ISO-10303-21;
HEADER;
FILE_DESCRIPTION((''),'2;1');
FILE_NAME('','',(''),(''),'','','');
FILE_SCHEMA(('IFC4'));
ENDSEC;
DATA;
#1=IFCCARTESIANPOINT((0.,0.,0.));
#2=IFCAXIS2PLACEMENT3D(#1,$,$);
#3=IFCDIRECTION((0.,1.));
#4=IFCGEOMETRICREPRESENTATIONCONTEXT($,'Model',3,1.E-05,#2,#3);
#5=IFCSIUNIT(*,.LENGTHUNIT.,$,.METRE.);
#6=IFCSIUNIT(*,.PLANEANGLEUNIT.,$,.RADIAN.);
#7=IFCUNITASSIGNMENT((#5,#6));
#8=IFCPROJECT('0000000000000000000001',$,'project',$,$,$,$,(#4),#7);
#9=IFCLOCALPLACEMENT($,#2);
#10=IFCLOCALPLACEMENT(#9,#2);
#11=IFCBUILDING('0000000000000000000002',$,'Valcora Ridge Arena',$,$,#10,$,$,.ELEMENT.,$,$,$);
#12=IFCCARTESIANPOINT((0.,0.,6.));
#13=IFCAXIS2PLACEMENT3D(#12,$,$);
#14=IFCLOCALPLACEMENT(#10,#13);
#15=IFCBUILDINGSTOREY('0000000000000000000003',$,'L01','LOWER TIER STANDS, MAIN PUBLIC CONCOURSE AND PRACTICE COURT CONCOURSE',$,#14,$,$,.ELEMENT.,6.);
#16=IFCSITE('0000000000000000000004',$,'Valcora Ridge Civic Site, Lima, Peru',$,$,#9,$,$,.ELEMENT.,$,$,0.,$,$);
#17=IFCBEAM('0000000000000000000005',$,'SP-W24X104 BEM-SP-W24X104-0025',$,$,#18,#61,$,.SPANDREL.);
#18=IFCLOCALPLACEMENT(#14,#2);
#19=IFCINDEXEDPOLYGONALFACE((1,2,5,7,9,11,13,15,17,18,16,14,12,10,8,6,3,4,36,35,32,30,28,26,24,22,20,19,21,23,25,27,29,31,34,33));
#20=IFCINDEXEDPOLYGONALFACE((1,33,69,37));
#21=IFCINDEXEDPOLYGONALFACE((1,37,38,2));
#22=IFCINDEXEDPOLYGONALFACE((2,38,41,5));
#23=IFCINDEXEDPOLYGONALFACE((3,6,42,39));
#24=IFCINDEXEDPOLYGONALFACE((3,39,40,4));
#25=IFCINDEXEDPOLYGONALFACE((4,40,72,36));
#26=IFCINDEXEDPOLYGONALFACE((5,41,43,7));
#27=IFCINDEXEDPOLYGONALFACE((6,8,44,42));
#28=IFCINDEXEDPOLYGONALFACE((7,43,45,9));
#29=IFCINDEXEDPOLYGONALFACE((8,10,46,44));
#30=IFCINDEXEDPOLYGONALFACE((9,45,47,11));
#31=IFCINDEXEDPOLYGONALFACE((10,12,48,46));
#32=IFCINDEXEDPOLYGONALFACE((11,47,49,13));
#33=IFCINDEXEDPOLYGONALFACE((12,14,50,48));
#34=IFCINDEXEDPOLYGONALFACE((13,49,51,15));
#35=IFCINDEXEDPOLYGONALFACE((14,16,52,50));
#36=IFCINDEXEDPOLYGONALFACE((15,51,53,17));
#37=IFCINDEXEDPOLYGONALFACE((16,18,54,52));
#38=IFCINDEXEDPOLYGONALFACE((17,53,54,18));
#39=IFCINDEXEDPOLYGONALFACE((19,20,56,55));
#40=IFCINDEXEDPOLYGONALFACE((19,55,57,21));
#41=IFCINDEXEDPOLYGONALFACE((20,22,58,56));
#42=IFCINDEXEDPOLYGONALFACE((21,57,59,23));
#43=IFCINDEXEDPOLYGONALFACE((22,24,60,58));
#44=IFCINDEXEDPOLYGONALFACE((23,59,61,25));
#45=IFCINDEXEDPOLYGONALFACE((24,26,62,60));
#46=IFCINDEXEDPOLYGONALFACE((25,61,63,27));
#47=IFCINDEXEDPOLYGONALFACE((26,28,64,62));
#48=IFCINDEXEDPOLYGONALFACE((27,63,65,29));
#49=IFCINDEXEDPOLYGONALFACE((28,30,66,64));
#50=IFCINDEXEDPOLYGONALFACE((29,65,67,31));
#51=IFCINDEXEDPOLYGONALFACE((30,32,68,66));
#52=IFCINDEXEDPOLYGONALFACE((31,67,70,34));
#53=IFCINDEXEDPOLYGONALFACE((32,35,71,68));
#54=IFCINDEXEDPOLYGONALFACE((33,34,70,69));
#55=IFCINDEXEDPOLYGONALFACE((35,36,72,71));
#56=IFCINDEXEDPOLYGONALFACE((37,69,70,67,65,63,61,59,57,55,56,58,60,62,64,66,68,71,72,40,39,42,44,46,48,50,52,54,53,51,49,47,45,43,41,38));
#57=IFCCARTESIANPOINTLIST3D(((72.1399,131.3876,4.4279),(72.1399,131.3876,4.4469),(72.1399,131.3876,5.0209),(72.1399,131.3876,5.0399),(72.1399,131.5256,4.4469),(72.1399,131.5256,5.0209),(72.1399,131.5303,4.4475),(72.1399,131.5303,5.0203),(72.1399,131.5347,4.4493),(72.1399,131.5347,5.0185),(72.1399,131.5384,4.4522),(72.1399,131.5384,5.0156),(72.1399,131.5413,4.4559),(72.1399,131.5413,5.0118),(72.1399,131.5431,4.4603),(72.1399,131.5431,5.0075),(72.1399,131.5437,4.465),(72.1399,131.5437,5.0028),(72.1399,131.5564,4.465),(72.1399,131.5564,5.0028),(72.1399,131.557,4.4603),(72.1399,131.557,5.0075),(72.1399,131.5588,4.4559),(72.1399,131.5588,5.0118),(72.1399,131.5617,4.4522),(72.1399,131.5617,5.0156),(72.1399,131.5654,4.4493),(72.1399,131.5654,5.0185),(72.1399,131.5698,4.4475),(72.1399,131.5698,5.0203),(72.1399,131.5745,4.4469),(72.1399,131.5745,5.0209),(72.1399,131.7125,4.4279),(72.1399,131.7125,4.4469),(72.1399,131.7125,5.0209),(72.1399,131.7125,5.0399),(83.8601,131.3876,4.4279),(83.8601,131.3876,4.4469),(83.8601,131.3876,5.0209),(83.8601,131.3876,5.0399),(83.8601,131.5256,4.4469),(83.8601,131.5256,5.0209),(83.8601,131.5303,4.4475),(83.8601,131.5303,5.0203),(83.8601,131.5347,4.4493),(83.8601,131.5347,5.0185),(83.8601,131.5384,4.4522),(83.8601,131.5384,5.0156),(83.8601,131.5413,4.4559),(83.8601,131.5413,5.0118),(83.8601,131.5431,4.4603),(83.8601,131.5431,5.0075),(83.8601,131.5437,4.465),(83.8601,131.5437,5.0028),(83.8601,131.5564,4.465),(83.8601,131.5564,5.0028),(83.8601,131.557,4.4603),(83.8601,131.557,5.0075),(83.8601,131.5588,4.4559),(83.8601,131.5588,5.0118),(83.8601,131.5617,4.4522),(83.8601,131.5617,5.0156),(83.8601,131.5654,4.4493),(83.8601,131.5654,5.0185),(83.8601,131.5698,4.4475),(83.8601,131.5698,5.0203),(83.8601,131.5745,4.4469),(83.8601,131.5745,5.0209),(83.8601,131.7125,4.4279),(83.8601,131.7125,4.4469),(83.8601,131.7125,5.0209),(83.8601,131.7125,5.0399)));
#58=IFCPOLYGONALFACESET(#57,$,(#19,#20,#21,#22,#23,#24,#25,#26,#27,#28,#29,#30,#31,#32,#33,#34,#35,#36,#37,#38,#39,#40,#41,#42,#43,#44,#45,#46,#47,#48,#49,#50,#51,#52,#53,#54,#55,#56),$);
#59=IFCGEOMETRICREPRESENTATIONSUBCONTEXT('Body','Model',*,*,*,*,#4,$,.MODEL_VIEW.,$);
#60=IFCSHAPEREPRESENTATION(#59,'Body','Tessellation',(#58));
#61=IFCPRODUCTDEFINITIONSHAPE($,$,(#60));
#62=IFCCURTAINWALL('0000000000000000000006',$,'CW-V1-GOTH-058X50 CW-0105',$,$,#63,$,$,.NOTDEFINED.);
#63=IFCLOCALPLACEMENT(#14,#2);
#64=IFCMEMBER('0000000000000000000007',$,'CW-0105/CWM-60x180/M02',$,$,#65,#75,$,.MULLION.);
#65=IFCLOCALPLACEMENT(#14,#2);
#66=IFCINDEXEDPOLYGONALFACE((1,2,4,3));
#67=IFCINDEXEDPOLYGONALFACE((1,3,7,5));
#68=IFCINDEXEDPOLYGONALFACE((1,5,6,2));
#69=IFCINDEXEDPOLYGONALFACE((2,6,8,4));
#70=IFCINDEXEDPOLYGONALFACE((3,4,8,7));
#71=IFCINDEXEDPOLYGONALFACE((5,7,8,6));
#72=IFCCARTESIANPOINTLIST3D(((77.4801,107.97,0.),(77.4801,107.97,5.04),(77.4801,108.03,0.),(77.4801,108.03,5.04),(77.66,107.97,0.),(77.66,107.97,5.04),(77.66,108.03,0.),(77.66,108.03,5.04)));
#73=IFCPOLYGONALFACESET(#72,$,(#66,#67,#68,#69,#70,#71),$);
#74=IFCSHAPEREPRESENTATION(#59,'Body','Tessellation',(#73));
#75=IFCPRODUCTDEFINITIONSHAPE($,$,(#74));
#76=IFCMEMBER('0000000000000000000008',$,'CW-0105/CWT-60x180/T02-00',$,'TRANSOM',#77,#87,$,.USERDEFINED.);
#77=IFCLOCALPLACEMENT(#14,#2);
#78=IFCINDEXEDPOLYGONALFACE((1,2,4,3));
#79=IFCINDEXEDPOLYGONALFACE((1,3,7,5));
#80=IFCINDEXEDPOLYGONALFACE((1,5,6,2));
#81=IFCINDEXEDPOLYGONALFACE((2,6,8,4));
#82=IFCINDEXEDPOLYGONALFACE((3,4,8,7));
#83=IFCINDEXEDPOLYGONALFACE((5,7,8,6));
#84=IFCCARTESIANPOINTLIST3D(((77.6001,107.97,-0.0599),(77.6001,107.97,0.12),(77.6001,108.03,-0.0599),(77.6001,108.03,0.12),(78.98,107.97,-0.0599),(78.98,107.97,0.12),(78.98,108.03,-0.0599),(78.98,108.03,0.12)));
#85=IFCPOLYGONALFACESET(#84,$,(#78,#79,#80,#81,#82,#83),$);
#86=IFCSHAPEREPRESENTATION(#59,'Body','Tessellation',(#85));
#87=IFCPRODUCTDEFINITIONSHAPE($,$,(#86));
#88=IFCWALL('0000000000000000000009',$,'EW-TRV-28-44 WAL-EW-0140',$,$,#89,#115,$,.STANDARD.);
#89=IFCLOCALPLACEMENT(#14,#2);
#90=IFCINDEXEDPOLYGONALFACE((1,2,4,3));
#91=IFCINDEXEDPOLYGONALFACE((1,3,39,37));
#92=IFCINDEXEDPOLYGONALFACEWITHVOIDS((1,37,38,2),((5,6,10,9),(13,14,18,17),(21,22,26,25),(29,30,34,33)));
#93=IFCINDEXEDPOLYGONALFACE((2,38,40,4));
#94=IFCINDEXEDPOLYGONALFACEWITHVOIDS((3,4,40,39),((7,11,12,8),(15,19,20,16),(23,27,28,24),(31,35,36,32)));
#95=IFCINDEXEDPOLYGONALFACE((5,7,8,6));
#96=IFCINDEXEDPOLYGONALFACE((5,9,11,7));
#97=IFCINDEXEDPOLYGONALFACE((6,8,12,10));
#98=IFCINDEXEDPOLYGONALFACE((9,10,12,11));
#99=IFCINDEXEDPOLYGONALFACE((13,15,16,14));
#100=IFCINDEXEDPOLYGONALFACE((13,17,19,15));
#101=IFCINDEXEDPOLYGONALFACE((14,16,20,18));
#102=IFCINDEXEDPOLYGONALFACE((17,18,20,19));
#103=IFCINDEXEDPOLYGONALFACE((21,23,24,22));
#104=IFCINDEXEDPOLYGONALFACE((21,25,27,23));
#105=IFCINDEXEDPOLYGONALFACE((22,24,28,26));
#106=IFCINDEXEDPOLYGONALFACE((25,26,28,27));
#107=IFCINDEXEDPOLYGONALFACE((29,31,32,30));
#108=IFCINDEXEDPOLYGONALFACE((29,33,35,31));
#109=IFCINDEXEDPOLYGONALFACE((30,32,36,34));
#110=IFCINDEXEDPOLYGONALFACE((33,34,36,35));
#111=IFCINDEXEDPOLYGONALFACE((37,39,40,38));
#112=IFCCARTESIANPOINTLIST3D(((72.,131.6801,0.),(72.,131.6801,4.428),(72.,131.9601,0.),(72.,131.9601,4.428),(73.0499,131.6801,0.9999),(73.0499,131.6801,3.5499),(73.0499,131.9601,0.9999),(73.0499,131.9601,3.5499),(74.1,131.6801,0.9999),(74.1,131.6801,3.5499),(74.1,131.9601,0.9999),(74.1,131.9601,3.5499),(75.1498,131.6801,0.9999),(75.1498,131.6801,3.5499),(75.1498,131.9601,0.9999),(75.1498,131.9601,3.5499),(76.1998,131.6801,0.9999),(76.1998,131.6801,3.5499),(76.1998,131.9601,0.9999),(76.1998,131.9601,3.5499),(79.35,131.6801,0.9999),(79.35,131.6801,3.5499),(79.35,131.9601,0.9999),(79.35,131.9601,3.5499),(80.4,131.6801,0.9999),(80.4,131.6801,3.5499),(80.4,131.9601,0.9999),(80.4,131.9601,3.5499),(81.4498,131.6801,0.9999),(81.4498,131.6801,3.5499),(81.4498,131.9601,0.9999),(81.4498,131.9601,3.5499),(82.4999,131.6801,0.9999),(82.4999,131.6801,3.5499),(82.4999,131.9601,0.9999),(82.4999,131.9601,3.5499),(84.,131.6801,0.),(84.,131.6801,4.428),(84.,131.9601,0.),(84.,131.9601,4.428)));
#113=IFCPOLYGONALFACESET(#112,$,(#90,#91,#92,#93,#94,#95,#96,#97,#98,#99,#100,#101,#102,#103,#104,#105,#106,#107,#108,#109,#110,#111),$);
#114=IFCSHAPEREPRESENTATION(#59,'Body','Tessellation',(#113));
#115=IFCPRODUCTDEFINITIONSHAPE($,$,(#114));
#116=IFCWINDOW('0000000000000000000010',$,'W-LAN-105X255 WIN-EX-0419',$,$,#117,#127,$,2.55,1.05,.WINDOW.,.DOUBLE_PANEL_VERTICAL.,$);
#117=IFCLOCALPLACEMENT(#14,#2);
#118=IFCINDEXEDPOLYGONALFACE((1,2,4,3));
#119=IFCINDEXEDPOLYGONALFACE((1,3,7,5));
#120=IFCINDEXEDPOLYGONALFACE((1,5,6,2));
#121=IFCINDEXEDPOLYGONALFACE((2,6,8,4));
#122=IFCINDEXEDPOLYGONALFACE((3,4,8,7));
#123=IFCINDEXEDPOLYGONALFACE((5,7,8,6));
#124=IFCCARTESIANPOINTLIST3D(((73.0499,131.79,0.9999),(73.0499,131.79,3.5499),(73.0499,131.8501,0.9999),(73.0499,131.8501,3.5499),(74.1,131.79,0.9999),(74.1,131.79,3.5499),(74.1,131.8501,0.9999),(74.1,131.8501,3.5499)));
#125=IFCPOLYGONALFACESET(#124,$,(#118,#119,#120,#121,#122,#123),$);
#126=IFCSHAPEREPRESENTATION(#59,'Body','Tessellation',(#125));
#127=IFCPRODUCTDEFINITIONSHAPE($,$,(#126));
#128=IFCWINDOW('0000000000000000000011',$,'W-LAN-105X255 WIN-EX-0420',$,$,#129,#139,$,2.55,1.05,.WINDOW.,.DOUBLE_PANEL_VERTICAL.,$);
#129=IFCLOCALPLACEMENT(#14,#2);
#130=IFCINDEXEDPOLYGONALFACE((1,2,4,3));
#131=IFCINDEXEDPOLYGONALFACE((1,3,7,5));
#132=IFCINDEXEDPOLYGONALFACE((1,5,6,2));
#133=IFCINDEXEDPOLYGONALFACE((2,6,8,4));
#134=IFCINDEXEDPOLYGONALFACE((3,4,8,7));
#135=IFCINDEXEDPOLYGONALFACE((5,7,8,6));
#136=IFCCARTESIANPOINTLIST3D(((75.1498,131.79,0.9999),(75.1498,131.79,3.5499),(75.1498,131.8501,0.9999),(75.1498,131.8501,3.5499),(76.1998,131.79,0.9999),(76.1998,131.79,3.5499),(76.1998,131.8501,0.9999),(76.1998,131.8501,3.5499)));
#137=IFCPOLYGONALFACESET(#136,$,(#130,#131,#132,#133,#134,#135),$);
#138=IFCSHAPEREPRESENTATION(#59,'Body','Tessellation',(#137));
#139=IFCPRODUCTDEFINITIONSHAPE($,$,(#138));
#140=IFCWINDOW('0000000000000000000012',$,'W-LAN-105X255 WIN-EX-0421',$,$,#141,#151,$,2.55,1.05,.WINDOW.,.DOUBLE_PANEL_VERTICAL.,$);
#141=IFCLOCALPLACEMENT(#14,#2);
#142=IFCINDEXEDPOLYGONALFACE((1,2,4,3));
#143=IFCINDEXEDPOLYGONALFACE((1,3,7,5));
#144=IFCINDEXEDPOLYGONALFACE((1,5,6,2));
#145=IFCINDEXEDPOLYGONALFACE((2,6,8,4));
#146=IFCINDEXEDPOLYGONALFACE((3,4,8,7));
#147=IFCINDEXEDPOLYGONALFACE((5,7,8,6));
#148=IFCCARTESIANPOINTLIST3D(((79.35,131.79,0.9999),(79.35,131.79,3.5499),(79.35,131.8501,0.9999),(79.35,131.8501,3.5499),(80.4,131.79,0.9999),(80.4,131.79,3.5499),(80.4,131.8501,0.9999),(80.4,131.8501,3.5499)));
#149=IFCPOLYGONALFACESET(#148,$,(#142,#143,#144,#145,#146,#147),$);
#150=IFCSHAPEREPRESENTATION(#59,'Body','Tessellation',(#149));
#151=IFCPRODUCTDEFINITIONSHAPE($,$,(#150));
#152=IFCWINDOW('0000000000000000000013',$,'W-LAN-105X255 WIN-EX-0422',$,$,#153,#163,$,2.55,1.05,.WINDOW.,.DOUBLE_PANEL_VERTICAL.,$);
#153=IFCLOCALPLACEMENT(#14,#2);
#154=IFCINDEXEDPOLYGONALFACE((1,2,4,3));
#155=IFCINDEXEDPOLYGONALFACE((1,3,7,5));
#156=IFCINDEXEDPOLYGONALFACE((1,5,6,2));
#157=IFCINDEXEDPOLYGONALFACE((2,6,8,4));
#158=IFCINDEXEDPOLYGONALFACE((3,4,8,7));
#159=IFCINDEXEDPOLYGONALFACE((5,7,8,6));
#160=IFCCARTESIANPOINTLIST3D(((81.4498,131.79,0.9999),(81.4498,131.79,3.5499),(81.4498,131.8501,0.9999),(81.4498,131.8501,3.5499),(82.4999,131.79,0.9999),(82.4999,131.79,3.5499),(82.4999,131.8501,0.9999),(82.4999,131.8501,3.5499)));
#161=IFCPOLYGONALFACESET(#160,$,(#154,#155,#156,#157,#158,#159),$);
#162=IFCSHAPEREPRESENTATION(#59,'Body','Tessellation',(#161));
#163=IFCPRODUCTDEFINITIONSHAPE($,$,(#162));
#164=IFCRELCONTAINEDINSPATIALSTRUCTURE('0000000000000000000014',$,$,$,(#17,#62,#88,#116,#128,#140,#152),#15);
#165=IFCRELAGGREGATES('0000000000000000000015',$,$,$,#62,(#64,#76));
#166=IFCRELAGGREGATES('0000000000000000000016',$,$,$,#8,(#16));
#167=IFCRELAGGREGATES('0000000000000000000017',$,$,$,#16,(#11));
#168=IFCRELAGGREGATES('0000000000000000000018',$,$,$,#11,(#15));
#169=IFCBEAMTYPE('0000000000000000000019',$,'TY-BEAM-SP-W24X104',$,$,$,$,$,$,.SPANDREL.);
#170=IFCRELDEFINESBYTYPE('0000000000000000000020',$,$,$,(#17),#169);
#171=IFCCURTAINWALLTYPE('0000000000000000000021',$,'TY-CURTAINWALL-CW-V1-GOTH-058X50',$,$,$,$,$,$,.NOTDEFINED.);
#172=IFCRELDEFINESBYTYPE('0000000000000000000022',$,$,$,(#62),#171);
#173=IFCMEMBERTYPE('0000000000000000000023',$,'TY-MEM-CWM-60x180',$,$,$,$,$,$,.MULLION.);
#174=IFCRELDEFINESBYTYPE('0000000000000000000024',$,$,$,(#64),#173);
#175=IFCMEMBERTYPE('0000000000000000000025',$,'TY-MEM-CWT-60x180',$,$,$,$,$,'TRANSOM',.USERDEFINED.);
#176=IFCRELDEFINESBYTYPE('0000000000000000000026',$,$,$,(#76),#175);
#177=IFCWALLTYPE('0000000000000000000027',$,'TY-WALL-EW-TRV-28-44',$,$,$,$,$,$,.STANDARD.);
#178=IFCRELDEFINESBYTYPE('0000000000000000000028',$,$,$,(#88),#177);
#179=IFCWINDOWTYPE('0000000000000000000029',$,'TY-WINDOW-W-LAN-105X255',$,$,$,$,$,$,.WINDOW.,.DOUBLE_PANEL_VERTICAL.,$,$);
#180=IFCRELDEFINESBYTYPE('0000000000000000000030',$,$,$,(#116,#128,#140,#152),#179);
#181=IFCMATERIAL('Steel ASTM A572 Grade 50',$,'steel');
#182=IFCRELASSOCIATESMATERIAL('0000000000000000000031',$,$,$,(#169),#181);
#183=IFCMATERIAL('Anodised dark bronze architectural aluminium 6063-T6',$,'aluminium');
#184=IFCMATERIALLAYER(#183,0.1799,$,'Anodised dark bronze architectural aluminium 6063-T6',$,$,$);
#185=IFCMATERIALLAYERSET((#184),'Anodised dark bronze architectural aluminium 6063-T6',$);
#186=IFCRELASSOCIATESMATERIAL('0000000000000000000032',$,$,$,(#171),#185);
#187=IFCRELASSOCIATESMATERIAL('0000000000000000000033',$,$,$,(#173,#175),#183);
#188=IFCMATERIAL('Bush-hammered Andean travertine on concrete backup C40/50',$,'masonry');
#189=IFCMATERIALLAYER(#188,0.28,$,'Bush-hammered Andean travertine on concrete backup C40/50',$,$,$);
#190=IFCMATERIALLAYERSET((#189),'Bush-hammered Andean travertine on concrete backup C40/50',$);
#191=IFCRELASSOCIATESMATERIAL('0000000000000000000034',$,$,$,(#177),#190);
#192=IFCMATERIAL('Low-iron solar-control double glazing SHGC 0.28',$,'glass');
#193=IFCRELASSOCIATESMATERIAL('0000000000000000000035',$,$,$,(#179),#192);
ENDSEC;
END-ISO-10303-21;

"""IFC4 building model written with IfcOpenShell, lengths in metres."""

from ifc_helpers import new_model, si_unit, direction, frame, frame_2d, origin, origin_2d, place, context, subcontext, project, spatial, rectangle, i_section, extrude, material, layer, layer_set, material_profile, profile_set, type_object, element, fill, aggregate, save


model = new_model("IFC4")

# Units and contexts
model_context = context("Model", 3, precision=1e-05, world=origin(), true_north=direction((0.0, 1.0)))
body_context = subcontext(model_context, "Body", "Model", "MODEL_VIEW")
ifc_project = project(units=[si_unit("LENGTHUNIT", "METRE"), si_unit("PLANEANGLEUNIT", "RADIAN")], contexts=[model_context])

# Site, building, storey
site_placement = place(None, origin())
site = spatial("IfcSite", under=ifc_project, at=site_placement, Name="Valcora Ridge Civic Site, Lima, Peru", CompositionType="ELEMENT", RefElevation=0.0)
building_placement = place(site_placement, origin())
building = spatial("IfcBuilding", under=site, at=building_placement, Name="Valcora Ridge Arena", CompositionType="ELEMENT")
storey_placement = place(building_placement, frame((0.0, 0.0, 6.0)))
storey = spatial("IfcBuildingStorey", under=building, at=storey_placement, Name="L01", Description="LOWER TIER STANDS, MAIN PUBLIC CONCOURSE AND PRACTICE COURT CONCOURSE", CompositionType="ELEMENT", Elevation=6.0)

# Beam
ifc_material_1 = material(Name="Steel ASTM A572 Grade 50", Category="steel")
ifc_material_profile_1 = material_profile(ifc_material_1, i_section(OverallWidth=0.325, OverallDepth=0.6121, WebThickness=0.0127, FlangeThickness=0.019, FilletRadius=0.0181, at=origin_2d()), Name="W24X104")
ifc_profile_set_1 = profile_set([ifc_material_profile_1], Name="Steel ASTM A572 Grade 50")
beam_type_1 = type_object("IfcBeamType", Name="TY-BEAM-SP-W24X104", PredefinedType="SPANDREL", material=ifc_profile_set_1)
beam_1_placement = place(storey_placement, frame((72.1399, 131.55, 4.7339), z_axis=(1.0, 0.0, 0.0), x_axis=(0.0, 1.0, 0.0)))
element("IfcBeam", 1, at=beam_1_placement, inside=storey, type_object=beam_type_1, Name="SP-W24X104 BEM-SP-W24X104-0025", PredefinedType="SPANDREL", context=body_context, shape_type="SweptSolid", body=[
    extrude(i_section(OverallWidth=0.325, OverallDepth=0.6121, WebThickness=0.0127, FlangeThickness=0.019, FilletRadius=0.0181, at=origin_2d()), origin(), (0.0, 0.0, 1.0), 11.7202),
])

# Curtain wall, members
ifc_material_2 = material(Name="Anodised dark bronze architectural aluminium 6063-T6", Category="aluminium")
ifc_layer_1 = layer(ifc_material_2, 0.1799, Name="Anodised dark bronze architectural aluminium 6063-T6")
ifc_layer_set_1 = layer_set([ifc_layer_1], Name="Anodised dark bronze architectural aluminium 6063-T6")
curtain_wall_type = type_object("IfcCurtainWallType", Name="TY-CURTAINWALL-CW-V1-GOTH-058X50", PredefinedType="NOTDEFINED", material=ifc_layer_set_1)
curtain_wall_placement = place(storey_placement, origin())
curtain_wall = element("IfcCurtainWall", 2, at=curtain_wall_placement, inside=storey, type_object=curtain_wall_type, Name="CW-V1-GOTH-058X50 CW-0105", PredefinedType="NOTDEFINED")
ifc_material_profile_2 = material_profile(ifc_material_2, rectangle(XDim=0.0601, YDim=0.1799, at=origin_2d()), Name="ALU MULLION 60x180")
ifc_profile_set_2 = profile_set([ifc_material_profile_2], Name="Anodised dark bronze architectural aluminium 6063-T6")
member_type_1 = type_object("IfcMemberType", Name="TY-MEM-CWM-60x180", PredefinedType="MULLION", material=ifc_profile_set_2)
member_1_placement = place(storey_placement, frame((77.5701, 108.0, 0.0), z_axis=(0.0, 0.0, 1.0), x_axis=(0.0, 1.0, 0.0)))
member_1 = element("IfcMember", 3, at=member_1_placement, type_object=member_type_1, Name="CW-0105/CWM-60x180/M02", PredefinedType="MULLION", context=body_context, shape_type="SweptSolid", body=[
    extrude(rectangle(XDim=0.0601, YDim=0.1799, at=origin_2d()), origin(), (0.0, 0.0, 1.0), 5.04),
])
ifc_material_profile_3 = material_profile(ifc_material_2, rectangle(XDim=0.0601, YDim=0.1799, at=origin_2d()), Name="ALU TRANSOM 60x180")
ifc_profile_set_3 = profile_set([ifc_material_profile_3], Name="Anodised dark bronze architectural aluminium 6063-T6")
member_type_2 = type_object("IfcMemberType", Name="TY-MEM-CWT-60x180", ElementType="TRANSOM", PredefinedType="USERDEFINED", material=ifc_profile_set_3)
member_2_placement = place(storey_placement, frame((77.6001, 108.0, 0.03), z_axis=(1.0, 0.0, 0.0), x_axis=(0.0, 1.0, 0.0)))
member_2 = element("IfcMember", 4, at=member_2_placement, type_object=member_type_2, Name="CW-0105/CWT-60x180/T02-00", ObjectType="TRANSOM", PredefinedType="USERDEFINED", context=body_context, shape_type="SweptSolid", body=[
    extrude(rectangle(XDim=0.0601, YDim=0.1799, at=origin_2d()), origin(), (0.0, 0.0, 1.0), 1.3799),
])
aggregate(curtain_wall, [member_1, member_2])

# Wall, openings, windows
ifc_material_3 = material(Name="Bush-hammered Andean travertine on concrete backup C40/50", Category="masonry")
ifc_layer_2 = layer(ifc_material_3, 0.28, Name="Bush-hammered Andean travertine on concrete backup C40/50")
ifc_layer_set_2 = layer_set([ifc_layer_2], Name="Bush-hammered Andean travertine on concrete backup C40/50")
wall_type_1 = type_object("IfcWallType", Name="TY-WALL-EW-TRV-28-44", PredefinedType="STANDARD", material=ifc_layer_set_2)
wall_1_placement = place(storey_placement, frame((72.0, 131.8201, 0.0), z_axis=(0.0, 0.0, 1.0), x_axis=(1.0, 0.0, 0.0)))
wall_1 = element("IfcWall", 5, at=wall_1_placement, inside=storey, type_object=wall_type_1, Name="EW-TRV-28-44 WAL-EW-0140", PredefinedType="STANDARD", context=body_context, shape_type="SweptSolid", body=[
    extrude(rectangle(XDim=12.0, YDim=0.28, at=frame_2d((6.0, 0.0))), origin(), (0.0, 0.0, 1.0), 4.428),
])
opening_1_placement = place(wall_1_placement, frame((1.05, 0.0, 1.0)))
opening_1 = element("IfcOpeningElement", 6, at=opening_1_placement, cuts=wall_1, PredefinedType="OPENING", context=body_context, shape_type="SweptSolid", body=[
    extrude(rectangle(XDim=1.05, YDim=2.55, at=frame_2d((0.5249, 1.2749))), frame((0.0, 0.1499, 0.0), z_axis=(0.0, -1.0, 0.0), x_axis=(1.0, 0.0, 0.0)), (0.0, 0.0, 1.0), 0.3),
])
opening_2_placement = place(wall_1_placement, frame((3.1499, 0.0, 1.0)))
opening_2 = element("IfcOpeningElement", 7, at=opening_2_placement, cuts=wall_1, PredefinedType="OPENING", context=body_context, shape_type="SweptSolid", body=[
    extrude(rectangle(XDim=1.05, YDim=2.55, at=frame_2d((0.5249, 1.2749))), frame((0.0, 0.1499, 0.0), z_axis=(0.0, -1.0, 0.0), x_axis=(1.0, 0.0, 0.0)), (0.0, 0.0, 1.0), 0.3),
])
opening_3_placement = place(wall_1_placement, frame((7.3501, 0.0, 1.0)))
opening_3 = element("IfcOpeningElement", 8, at=opening_3_placement, cuts=wall_1, PredefinedType="OPENING", context=body_context, shape_type="SweptSolid", body=[
    extrude(rectangle(XDim=1.05, YDim=2.55, at=frame_2d((0.5249, 1.2749))), frame((0.0, 0.1499, 0.0), z_axis=(0.0, -1.0, 0.0), x_axis=(1.0, 0.0, 0.0)), (0.0, 0.0, 1.0), 0.3),
])
opening_4_placement = place(wall_1_placement, frame((9.45, 0.0, 1.0)))
opening_4 = element("IfcOpeningElement", 9, at=opening_4_placement, cuts=wall_1, PredefinedType="OPENING", context=body_context, shape_type="SweptSolid", body=[
    extrude(rectangle(XDim=1.05, YDim=2.55, at=frame_2d((0.5249, 1.2749))), frame((0.0, 0.1499, 0.0), z_axis=(0.0, -1.0, 0.0), x_axis=(1.0, 0.0, 0.0)), (0.0, 0.0, 1.0), 0.3),
])
ifc_material_4 = material(Name="Low-iron solar-control double glazing SHGC 0.28", Category="glass")
window_type = type_object("IfcWindowType", Name="TY-WINDOW-W-LAN-105X255", PartitioningType="DOUBLE_PANEL_VERTICAL", PredefinedType="WINDOW", material=ifc_material_4)
window_1_placement = place(opening_1_placement, origin())
window_1 = element("IfcWindow", 10, at=window_1_placement, inside=storey, type_object=window_type, Name="W-LAN-105X255 WIN-EX-0419", OverallHeight=2.55, OverallWidth=1.05, PartitioningType="DOUBLE_PANEL_VERTICAL", PredefinedType="WINDOW", context=body_context, shape_type="SweptSolid", body=[
    extrude(rectangle(XDim=1.05, YDim=2.55, at=frame_2d((0.5249, 1.2749))), frame((0.0, 0.03, 0.0), z_axis=(0.0, -1.0, 0.0), x_axis=(1.0, 0.0, 0.0)), (0.0, 0.0, 1.0), 0.0601),
])
fill(opening_1, window_1)
window_2_placement = place(opening_2_placement, origin())
window_2 = element("IfcWindow", 11, at=window_2_placement, inside=storey, type_object=window_type, Name="W-LAN-105X255 WIN-EX-0420", OverallHeight=2.55, OverallWidth=1.05, PartitioningType="DOUBLE_PANEL_VERTICAL", PredefinedType="WINDOW", context=body_context, shape_type="SweptSolid", body=[
    extrude(rectangle(XDim=1.05, YDim=2.55, at=frame_2d((0.5249, 1.2749))), frame((0.0, 0.03, 0.0), z_axis=(0.0, -1.0, 0.0), x_axis=(1.0, 0.0, 0.0)), (0.0, 0.0, 1.0), 0.0601),
])
fill(opening_2, window_2)
window_3_placement = place(opening_3_placement, origin())
window_3 = element("IfcWindow", 12, at=window_3_placement, inside=storey, type_object=window_type, Name="W-LAN-105X255 WIN-EX-0421", OverallHeight=2.55, OverallWidth=1.05, PartitioningType="DOUBLE_PANEL_VERTICAL", PredefinedType="WINDOW", context=body_context, shape_type="SweptSolid", body=[
    extrude(rectangle(XDim=1.05, YDim=2.55, at=frame_2d((0.5249, 1.2749))), frame((0.0, 0.03, 0.0), z_axis=(0.0, -1.0, 0.0), x_axis=(1.0, 0.0, 0.0)), (0.0, 0.0, 1.0), 0.0601),
])
fill(opening_3, window_3)
window_4_placement = place(opening_4_placement, origin())
window_4 = element("IfcWindow", 13, at=window_4_placement, inside=storey, type_object=window_type, Name="W-LAN-105X255 WIN-EX-0422", OverallHeight=2.55, OverallWidth=1.05, PartitioningType="DOUBLE_PANEL_VERTICAL", PredefinedType="WINDOW", context=body_context, shape_type="SweptSolid", body=[
    extrude(rectangle(XDim=1.05, YDim=2.55, at=frame_2d((0.5249, 1.2749))), frame((0.0, 0.03, 0.0), z_axis=(0.0, -1.0, 0.0), x_axis=(1.0, 0.0, 0.0)), (0.0, 0.0, 1.0), 0.0601),
])
fill(opening_4, window_4)

save(model, "model.ifc")
